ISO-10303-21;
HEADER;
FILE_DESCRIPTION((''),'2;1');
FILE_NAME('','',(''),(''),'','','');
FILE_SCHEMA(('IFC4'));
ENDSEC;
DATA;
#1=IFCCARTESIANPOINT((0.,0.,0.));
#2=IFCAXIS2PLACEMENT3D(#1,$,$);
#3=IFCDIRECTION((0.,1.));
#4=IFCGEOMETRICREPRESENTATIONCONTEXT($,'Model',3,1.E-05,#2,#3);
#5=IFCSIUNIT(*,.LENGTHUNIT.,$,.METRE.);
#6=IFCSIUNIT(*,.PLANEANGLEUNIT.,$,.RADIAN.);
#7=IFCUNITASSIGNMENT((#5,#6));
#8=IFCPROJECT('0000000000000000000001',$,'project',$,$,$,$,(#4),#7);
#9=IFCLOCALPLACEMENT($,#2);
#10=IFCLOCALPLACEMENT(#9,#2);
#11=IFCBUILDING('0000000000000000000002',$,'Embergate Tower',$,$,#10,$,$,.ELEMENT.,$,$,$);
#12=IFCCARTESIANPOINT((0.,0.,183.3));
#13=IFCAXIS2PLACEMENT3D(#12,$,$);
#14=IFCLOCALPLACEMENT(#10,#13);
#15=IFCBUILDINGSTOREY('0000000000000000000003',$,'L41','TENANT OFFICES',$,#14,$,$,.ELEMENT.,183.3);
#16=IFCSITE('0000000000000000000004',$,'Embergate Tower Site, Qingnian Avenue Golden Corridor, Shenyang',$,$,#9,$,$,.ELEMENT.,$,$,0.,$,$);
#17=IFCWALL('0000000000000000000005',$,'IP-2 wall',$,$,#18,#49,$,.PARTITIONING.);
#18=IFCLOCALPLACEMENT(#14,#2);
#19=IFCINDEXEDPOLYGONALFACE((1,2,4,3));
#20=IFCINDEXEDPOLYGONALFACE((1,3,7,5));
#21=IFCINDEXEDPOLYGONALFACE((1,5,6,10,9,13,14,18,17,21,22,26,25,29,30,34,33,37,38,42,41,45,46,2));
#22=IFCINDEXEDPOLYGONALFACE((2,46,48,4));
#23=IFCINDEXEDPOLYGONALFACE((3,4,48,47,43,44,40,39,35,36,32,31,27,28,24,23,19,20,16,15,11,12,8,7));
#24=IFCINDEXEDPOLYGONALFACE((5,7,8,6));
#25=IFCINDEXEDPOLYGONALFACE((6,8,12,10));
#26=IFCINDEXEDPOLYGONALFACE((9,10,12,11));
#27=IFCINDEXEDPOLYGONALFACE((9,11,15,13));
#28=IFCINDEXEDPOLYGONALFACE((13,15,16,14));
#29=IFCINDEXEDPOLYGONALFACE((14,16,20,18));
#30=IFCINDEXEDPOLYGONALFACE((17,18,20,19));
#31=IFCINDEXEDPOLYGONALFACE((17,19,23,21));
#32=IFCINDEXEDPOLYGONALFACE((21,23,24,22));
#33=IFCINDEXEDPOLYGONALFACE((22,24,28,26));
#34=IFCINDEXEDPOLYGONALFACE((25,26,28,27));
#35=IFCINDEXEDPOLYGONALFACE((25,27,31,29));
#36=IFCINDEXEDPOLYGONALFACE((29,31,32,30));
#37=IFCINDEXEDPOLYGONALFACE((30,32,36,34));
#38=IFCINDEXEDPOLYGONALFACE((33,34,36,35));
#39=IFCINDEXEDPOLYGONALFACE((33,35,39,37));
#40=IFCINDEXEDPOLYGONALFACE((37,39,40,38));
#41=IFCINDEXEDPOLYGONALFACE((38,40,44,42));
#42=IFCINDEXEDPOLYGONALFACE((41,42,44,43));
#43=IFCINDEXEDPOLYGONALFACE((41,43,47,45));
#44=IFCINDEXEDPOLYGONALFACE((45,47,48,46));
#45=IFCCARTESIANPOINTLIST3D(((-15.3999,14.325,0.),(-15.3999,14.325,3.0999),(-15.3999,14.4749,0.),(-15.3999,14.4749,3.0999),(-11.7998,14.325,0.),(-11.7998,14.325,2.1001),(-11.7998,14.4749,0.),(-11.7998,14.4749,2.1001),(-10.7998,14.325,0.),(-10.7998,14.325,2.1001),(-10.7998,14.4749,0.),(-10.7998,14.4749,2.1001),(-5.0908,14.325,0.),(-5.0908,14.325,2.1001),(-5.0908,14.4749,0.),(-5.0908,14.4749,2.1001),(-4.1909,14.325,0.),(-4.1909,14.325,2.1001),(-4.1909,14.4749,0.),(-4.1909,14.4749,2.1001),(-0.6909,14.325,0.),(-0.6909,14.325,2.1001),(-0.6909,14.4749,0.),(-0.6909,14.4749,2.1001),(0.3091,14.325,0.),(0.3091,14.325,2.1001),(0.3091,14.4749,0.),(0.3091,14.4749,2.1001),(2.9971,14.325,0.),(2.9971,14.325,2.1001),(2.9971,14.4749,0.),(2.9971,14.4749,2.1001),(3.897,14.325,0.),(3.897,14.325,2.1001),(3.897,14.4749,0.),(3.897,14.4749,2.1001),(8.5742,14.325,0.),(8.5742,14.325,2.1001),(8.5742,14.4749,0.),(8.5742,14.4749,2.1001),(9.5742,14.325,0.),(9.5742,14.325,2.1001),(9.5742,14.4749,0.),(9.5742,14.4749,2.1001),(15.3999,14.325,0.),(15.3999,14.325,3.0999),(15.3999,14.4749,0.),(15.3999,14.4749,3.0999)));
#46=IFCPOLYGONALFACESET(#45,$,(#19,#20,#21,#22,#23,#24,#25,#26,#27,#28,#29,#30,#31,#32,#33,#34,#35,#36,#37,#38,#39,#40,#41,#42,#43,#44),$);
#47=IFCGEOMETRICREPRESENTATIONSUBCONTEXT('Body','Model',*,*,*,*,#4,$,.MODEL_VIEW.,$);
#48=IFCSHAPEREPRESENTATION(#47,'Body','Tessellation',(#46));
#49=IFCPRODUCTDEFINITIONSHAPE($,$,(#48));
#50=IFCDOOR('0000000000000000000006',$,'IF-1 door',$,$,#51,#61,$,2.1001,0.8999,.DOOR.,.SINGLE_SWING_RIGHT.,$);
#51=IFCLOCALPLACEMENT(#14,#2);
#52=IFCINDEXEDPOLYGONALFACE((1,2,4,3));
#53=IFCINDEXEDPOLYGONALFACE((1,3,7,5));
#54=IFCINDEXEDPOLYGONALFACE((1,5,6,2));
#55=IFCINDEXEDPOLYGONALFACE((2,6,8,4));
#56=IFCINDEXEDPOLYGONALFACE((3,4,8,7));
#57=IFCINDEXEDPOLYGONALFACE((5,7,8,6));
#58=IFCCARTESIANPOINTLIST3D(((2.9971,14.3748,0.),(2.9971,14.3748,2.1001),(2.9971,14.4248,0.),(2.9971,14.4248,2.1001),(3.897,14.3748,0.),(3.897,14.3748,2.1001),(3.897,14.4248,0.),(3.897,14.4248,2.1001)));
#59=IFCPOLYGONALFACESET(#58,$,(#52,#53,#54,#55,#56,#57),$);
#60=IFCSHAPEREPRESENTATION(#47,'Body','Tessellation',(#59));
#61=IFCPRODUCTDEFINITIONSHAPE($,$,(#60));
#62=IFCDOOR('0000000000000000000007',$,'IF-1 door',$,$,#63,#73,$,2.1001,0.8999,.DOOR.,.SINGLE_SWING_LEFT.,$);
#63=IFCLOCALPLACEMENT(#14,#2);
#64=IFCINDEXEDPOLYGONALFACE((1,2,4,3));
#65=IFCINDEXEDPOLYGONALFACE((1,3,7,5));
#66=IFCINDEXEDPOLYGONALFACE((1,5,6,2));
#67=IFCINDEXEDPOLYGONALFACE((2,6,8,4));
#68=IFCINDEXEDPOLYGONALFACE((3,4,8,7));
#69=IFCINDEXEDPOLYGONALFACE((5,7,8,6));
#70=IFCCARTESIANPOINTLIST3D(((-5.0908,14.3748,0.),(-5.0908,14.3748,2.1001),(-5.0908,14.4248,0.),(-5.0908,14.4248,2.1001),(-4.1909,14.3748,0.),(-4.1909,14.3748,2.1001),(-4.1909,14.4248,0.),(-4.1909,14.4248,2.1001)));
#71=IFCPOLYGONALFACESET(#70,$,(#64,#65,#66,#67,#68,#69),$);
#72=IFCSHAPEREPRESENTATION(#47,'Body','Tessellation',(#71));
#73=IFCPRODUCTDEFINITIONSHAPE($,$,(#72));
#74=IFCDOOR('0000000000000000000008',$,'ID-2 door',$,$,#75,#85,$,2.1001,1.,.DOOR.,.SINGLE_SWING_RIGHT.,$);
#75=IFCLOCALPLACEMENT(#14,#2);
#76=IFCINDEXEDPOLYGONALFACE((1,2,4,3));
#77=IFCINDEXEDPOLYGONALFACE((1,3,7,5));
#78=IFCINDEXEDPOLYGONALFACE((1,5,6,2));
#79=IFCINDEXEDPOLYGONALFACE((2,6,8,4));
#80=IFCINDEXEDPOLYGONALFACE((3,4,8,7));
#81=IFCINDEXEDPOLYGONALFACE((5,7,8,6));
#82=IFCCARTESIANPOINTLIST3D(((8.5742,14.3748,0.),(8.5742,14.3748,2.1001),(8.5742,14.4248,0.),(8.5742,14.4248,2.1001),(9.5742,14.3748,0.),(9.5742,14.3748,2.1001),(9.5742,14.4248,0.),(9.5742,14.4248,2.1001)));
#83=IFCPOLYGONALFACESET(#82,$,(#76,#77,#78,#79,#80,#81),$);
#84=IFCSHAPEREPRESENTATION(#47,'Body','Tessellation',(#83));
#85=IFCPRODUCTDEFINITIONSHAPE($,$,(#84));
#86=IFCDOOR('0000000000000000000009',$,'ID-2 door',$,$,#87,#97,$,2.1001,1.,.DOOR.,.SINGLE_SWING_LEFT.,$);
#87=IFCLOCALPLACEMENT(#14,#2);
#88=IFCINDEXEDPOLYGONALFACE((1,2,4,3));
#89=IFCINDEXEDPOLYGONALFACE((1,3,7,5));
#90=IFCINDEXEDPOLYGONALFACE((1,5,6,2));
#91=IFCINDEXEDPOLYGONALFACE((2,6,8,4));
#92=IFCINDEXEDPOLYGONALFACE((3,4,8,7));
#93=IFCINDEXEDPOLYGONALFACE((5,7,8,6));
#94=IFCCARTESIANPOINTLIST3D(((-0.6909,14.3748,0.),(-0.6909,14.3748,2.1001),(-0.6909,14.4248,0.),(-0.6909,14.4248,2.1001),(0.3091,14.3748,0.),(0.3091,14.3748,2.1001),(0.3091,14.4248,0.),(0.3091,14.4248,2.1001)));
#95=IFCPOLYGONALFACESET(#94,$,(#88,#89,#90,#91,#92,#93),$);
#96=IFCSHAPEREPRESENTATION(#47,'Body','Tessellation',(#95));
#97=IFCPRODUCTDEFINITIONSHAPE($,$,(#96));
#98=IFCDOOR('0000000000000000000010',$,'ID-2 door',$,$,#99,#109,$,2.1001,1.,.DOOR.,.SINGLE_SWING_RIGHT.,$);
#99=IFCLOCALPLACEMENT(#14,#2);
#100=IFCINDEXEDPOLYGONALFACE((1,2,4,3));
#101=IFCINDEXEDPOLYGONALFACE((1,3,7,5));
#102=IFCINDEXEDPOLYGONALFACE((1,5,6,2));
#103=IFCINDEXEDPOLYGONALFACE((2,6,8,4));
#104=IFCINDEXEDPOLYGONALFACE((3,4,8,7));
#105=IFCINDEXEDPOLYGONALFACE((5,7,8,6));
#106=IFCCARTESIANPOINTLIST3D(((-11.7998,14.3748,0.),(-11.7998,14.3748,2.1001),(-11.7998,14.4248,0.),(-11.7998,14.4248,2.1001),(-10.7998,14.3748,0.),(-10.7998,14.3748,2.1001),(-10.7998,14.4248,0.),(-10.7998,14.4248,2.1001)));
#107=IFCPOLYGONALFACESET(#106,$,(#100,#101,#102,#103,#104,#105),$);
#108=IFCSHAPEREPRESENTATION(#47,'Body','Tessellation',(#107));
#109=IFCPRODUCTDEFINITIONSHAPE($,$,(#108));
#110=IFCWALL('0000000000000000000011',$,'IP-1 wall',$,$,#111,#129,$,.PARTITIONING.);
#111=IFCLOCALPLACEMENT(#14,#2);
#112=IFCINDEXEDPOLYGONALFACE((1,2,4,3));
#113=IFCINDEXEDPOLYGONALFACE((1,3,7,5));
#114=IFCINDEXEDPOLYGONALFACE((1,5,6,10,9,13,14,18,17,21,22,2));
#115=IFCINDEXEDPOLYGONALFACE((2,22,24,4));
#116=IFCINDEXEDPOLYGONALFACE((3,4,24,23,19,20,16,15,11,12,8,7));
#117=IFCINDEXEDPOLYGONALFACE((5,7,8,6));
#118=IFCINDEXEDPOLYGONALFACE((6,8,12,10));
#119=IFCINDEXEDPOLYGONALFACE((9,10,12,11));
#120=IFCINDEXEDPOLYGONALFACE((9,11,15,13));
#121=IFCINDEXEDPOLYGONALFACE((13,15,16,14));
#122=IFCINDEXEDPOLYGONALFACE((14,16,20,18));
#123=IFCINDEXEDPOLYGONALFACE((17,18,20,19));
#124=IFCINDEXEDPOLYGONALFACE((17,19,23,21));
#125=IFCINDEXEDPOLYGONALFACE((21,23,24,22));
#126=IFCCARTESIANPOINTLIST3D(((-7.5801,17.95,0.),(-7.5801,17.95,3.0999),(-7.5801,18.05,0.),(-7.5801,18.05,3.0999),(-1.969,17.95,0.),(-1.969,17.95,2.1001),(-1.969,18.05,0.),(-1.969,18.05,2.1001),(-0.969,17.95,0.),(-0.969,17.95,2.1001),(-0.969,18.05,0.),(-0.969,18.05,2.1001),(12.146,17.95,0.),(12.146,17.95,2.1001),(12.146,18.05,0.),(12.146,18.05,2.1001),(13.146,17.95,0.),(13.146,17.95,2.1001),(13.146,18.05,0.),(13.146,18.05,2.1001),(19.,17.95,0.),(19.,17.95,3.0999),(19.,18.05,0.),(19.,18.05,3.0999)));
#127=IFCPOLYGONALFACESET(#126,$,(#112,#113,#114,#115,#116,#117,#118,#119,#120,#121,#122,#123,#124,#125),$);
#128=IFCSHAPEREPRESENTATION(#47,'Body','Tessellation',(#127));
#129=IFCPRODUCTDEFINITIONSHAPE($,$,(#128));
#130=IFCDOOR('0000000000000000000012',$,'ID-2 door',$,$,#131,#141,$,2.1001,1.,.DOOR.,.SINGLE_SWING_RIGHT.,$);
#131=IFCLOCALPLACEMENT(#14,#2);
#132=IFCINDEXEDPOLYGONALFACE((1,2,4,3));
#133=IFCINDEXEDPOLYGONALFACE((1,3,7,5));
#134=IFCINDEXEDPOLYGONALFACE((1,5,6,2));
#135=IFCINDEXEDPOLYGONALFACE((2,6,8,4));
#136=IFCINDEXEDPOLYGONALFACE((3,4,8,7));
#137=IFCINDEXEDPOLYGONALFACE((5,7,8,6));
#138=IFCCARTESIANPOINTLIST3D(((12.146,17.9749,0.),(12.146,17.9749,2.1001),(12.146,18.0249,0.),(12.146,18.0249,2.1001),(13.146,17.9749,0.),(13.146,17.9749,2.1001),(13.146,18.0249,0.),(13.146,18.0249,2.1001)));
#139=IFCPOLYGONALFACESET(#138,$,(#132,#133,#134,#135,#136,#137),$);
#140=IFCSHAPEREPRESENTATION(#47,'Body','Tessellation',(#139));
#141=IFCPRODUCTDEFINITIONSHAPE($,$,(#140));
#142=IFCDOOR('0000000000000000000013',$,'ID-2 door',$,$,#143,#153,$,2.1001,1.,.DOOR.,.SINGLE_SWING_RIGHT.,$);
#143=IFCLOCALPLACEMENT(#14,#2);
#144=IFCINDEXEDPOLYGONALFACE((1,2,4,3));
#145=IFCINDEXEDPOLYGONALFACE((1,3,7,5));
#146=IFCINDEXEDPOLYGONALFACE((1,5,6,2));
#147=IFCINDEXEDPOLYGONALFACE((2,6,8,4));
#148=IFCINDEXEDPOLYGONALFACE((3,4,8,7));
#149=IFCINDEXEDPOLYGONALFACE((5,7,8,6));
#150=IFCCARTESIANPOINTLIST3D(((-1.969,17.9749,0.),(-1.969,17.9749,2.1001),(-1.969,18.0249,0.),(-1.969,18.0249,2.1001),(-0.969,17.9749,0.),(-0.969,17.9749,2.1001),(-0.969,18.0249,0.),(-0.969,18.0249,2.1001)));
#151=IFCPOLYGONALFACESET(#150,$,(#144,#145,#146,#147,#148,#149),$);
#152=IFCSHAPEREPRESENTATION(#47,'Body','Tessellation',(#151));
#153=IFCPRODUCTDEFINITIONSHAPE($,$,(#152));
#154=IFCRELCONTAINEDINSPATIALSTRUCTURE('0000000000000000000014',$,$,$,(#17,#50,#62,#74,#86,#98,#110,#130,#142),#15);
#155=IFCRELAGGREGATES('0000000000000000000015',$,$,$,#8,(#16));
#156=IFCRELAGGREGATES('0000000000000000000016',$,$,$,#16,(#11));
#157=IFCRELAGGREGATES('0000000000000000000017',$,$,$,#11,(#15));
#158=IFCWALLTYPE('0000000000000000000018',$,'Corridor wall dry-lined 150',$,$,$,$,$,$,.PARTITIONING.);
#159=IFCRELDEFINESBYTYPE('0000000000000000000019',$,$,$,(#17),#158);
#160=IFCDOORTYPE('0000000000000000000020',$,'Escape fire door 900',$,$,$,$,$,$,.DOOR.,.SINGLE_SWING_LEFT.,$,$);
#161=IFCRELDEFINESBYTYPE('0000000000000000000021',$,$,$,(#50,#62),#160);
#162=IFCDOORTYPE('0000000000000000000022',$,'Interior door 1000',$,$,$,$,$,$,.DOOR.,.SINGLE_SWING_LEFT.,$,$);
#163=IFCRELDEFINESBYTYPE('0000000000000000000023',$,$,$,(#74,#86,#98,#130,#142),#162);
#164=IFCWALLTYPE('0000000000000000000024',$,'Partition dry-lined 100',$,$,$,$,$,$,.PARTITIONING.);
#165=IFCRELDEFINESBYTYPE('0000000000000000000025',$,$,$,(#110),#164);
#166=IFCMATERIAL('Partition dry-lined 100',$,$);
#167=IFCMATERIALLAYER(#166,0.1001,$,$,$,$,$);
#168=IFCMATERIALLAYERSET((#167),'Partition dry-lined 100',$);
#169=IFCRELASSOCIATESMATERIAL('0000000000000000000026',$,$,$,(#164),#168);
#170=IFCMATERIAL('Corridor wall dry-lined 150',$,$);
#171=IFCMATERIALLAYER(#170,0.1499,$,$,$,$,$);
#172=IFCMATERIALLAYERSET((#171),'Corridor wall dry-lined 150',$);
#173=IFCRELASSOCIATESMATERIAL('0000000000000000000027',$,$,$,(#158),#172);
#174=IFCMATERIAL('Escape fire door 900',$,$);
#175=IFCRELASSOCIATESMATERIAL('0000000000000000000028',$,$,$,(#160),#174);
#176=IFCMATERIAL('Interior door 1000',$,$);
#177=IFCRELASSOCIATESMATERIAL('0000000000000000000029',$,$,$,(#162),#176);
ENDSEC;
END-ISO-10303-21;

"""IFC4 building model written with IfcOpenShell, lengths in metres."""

from ifc_helpers import new_model, si_unit, direction, frame, frame_2d, origin, place, context, subcontext, project, spatial, rectangle, extrude, source, transform, mapped, material, layer, layer_set, type_object, element, fill, save


model = new_model("IFC4")

# Units and contexts
model_context = context("Model", 3, precision=1e-05, world=origin(), true_north=direction((0.0, 1.0)))
body_context = subcontext(model_context, "Body", "Model", "MODEL_VIEW")
ifc_project = project(units=[si_unit("LENGTHUNIT", "METRE"), si_unit("PLANEANGLEUNIT", "RADIAN")], contexts=[model_context])

# Site, building, storey
site_placement = place(None, origin())
site = spatial("IfcSite", under=ifc_project, at=site_placement, Name="Embergate Tower Site, Qingnian Avenue Golden Corridor, Shenyang", CompositionType="ELEMENT", RefElevation=0.0)
building_placement = place(site_placement, origin())
building = spatial("IfcBuilding", under=site, at=building_placement, Name="Embergate Tower", CompositionType="ELEMENT")
storey_placement = place(building_placement, frame((0.0, 0.0, 183.3)))
storey = spatial("IfcBuildingStorey", under=building, at=storey_placement, Name="L41", Description="TENANT OFFICES", CompositionType="ELEMENT", Elevation=183.3)

# Shared definitions
ifc_material_1 = material(Name="Partition dry-lined 100")
ifc_layer_1 = layer(ifc_material_1, 0.1001)
ifc_layer_set_1 = layer_set([ifc_layer_1], Name="Partition dry-lined 100")
wall_type_1 = type_object("IfcWallType", Name="Partition dry-lined 100", PredefinedType="PARTITIONING", material=ifc_layer_set_1)

# Walls, openings, doors
ifc_material_2 = material(Name="Corridor wall dry-lined 150")
ifc_layer_2 = layer(ifc_material_2, 0.1499)
ifc_layer_set_2 = layer_set([ifc_layer_2], Name="Corridor wall dry-lined 150")
wall_type_2 = type_object("IfcWallType", Name="Corridor wall dry-lined 150", PredefinedType="PARTITIONING", material=ifc_layer_set_2)
shared_shape_1 = source(origin(), body_context, "Body", "SweptSolid", [
    extrude(rectangle(XDim=30.7998, YDim=0.1499, at=frame_2d((15.3999, 0.0))), origin(), (0.0, 0.0, 1.0), 3.0999),
])
wall_1_placement = place(storey_placement, frame((-15.3999, 14.3999, 0.0), z_axis=(0.0, 0.0, 1.0), x_axis=(1.0, 0.0, 0.0)))
wall_1 = element("IfcWall", 1, at=wall_1_placement, inside=storey, type_object=wall_type_2, Name="IP-2 wall", PredefinedType="PARTITIONING", context=body_context, shape_type="MappedRepresentation", body=[
    mapped(shared_shape_1, transform((0.0, 0.0, 0.0))),
])
shared_shape_2 = source(origin(), body_context, "Body", "SweptSolid", [
    extrude(rectangle(XDim=1.0, YDim=2.1001, at=frame_2d((0.5, 1.05))), frame((0.0, 0.085, 0.0), z_axis=(0.0, -1.0, 0.0), x_axis=(1.0, 0.0, 0.0)), (0.0, 0.0, 1.0), 0.1699),
])
opening_1_placement = place(wall_1_placement, frame((23.9741, 0.0, 0.0)))
opening_1 = element("IfcOpeningElement", 2, at=opening_1_placement, cuts=wall_1, PredefinedType="OPENING", context=body_context, shape_type="MappedRepresentation", body=[
    mapped(shared_shape_2, transform((0.0, 0.0, 0.0))),
])
shared_shape_3 = source(origin(), body_context, "Body", "SweptSolid", [
    extrude(rectangle(XDim=0.8999, YDim=2.1001, at=frame_2d((0.45, 1.05))), frame((0.0, 0.085, 0.0), z_axis=(0.0, -1.0, 0.0), x_axis=(1.0, 0.0, 0.0)), (0.0, 0.0, 1.0), 0.1699),
])
opening_2_placement = place(wall_1_placement, frame((18.397, 0.0, 0.0)))
opening_2 = element("IfcOpeningElement", 3, at=opening_2_placement, cuts=wall_1, PredefinedType="OPENING", context=body_context, shape_type="MappedRepresentation", body=[
    mapped(shared_shape_3, transform((0.0, 0.0, 0.0))),
])
opening_3_placement = place(wall_1_placement, frame((14.709, 0.0, 0.0)))
opening_3 = element("IfcOpeningElement", 4, at=opening_3_placement, cuts=wall_1, PredefinedType="OPENING", context=body_context, shape_type="MappedRepresentation", body=[
    mapped(shared_shape_2, transform((0.0, 0.0, 0.0))),
])
opening_4_placement = place(wall_1_placement, frame((10.3091, 0.0, 0.0)))
opening_4 = element("IfcOpeningElement", 5, at=opening_4_placement, cuts=wall_1, PredefinedType="OPENING", context=body_context, shape_type="MappedRepresentation", body=[
    mapped(shared_shape_3, transform((0.0, 0.0, 0.0))),
])
opening_5_placement = place(wall_1_placement, frame((3.6001, 0.0, 0.0)))
opening_5 = element("IfcOpeningElement", 6, at=opening_5_placement, cuts=wall_1, PredefinedType="OPENING", context=body_context, shape_type="MappedRepresentation", body=[
    mapped(shared_shape_2, transform((0.0, 0.0, 0.0))),
])
ifc_material_3 = material(Name="Escape fire door 900")
door_type_1 = type_object("IfcDoorType", Name="Escape fire door 900", OperationType="SINGLE_SWING_LEFT", PredefinedType="DOOR", material=ifc_material_3)
shared_shape_4 = source(origin(), body_context, "Body", "SweptSolid", [
    extrude(rectangle(XDim=0.8999, YDim=2.1001, at=frame_2d((0.45, 1.05))), frame((0.0, 0.0249, 0.0), z_axis=(0.0, -1.0, 0.0), x_axis=(1.0, 0.0, 0.0)), (0.0, 0.0, 1.0), 0.05),
])
door_1_placement = place(opening_2_placement, origin())
door_1 = element("IfcDoor", 7, at=door_1_placement, inside=storey, type_object=door_type_1, Name="IF-1 door", OperationType="SINGLE_SWING_RIGHT", OverallHeight=2.1001, OverallWidth=0.8999, PredefinedType="DOOR", context=body_context, shape_type="MappedRepresentation", body=[
    mapped(shared_shape_4, transform((0.0, 0.0, 0.0))),
])
fill(opening_2, door_1)
door_2_placement = place(opening_4_placement, origin())
door_2 = element("IfcDoor", 8, at=door_2_placement, inside=storey, type_object=door_type_1, Name="IF-1 door", OperationType="SINGLE_SWING_LEFT", OverallHeight=2.1001, OverallWidth=0.8999, PredefinedType="DOOR", context=body_context, shape_type="MappedRepresentation", body=[
    mapped(shared_shape_4, transform((0.0, 0.0, 0.0))),
])
fill(opening_4, door_2)
ifc_material_4 = material(Name="Interior door 1000")
door_type_2 = type_object("IfcDoorType", Name="Interior door 1000", OperationType="SINGLE_SWING_LEFT", PredefinedType="DOOR", material=ifc_material_4)
shared_shape_5 = source(origin(), body_context, "Body", "SweptSolid", [
    extrude(rectangle(XDim=1.0, YDim=2.1001, at=frame_2d((0.5, 1.05))), frame((0.0, 0.0249, 0.0), z_axis=(0.0, -1.0, 0.0), x_axis=(1.0, 0.0, 0.0)), (0.0, 0.0, 1.0), 0.05),
])
door_3_placement = place(opening_1_placement, origin())
door_3 = element("IfcDoor", 9, at=door_3_placement, inside=storey, type_object=door_type_2, Name="ID-2 door", OperationType="SINGLE_SWING_RIGHT", OverallHeight=2.1001, OverallWidth=1.0, PredefinedType="DOOR", context=body_context, shape_type="MappedRepresentation", body=[
    mapped(shared_shape_5, transform((0.0, 0.0, 0.0))),
])
fill(opening_1, door_3)
door_4_placement = place(opening_3_placement, origin())
door_4 = element("IfcDoor", 10, at=door_4_placement, inside=storey, type_object=door_type_2, Name="ID-2 door", OperationType="SINGLE_SWING_LEFT", OverallHeight=2.1001, OverallWidth=1.0, PredefinedType="DOOR", context=body_context, shape_type="MappedRepresentation", body=[
    mapped(shared_shape_5, transform((0.0, 0.0, 0.0))),
])
fill(opening_3, door_4)
door_5_placement = place(opening_5_placement, origin())
door_5 = element("IfcDoor", 11, at=door_5_placement, inside=storey, type_object=door_type_2, Name="ID-2 door", OperationType="SINGLE_SWING_RIGHT", OverallHeight=2.1001, OverallWidth=1.0, PredefinedType="DOOR", context=body_context, shape_type="MappedRepresentation", body=[
    mapped(shared_shape_5, transform((0.0, 0.0, 0.0))),
])
fill(opening_5, door_5)
shared_shape_6 = source(origin(), body_context, "Body", "SweptSolid", [
    extrude(rectangle(XDim=26.5801, YDim=0.1001, at=frame_2d((13.29, 0.0))), origin(), (0.0, 0.0, 1.0), 3.0999),
])
wall_2_placement = place(storey_placement, frame((-7.5801, 18.0, 0.0), z_axis=(0.0, 0.0, 1.0), x_axis=(1.0, 0.0, 0.0)))
wall_2 = element("IfcWall", 12, at=wall_2_placement, inside=storey, type_object=wall_type_1, Name="IP-1 wall", PredefinedType="PARTITIONING", context=body_context, shape_type="MappedRepresentation", body=[
    mapped(shared_shape_6, transform((0.0, 0.0, 0.0))),
])
shared_shape_7 = source(origin(), body_context, "Body", "SweptSolid", [
    extrude(rectangle(XDim=1.0, YDim=2.1001, at=frame_2d((0.5, 1.05))), frame((0.0, 0.0601, 0.0), z_axis=(0.0, -1.0, 0.0), x_axis=(1.0, 0.0, 0.0)), (0.0, 0.0, 1.0), 0.1201),
])
opening_6_placement = place(wall_2_placement, frame((19.7261, 0.0, 0.0)))
opening_6 = element("IfcOpeningElement", 13, at=opening_6_placement, cuts=wall_2, PredefinedType="OPENING", context=body_context, shape_type="MappedRepresentation", body=[
    mapped(shared_shape_7, transform((0.0, 0.0, 0.0))),
])
opening_7_placement = place(wall_2_placement, frame((5.6111, 0.0, 0.0)))
opening_7 = element("IfcOpeningElement", 14, at=opening_7_placement, cuts=wall_2, PredefinedType="OPENING", context=body_context, shape_type="MappedRepresentation", body=[
    mapped(shared_shape_7, transform((0.0, 0.0, 0.0))),
])
door_6_placement = place(opening_6_placement, origin())
door_6 = element("IfcDoor", 15, at=door_6_placement, inside=storey, type_object=door_type_2, Name="ID-2 door", OperationType="SINGLE_SWING_RIGHT", OverallHeight=2.1001, OverallWidth=1.0, PredefinedType="DOOR", context=body_context, shape_type="MappedRepresentation", body=[
    mapped(shared_shape_5, transform((0.0, 0.0, 0.0))),
])
fill(opening_6, door_6)
door_7_placement = place(opening_7_placement, origin())
door_7 = element("IfcDoor", 16, at=door_7_placement, inside=storey, type_object=door_type_2, Name="ID-2 door", OperationType="SINGLE_SWING_RIGHT", OverallHeight=2.1001, OverallWidth=1.0, PredefinedType="DOOR", context=body_context, shape_type="MappedRepresentation", body=[
    mapped(shared_shape_5, transform((0.0, 0.0, 0.0))),
])
fill(opening_7, door_7)

save(model, "model.ifc")
